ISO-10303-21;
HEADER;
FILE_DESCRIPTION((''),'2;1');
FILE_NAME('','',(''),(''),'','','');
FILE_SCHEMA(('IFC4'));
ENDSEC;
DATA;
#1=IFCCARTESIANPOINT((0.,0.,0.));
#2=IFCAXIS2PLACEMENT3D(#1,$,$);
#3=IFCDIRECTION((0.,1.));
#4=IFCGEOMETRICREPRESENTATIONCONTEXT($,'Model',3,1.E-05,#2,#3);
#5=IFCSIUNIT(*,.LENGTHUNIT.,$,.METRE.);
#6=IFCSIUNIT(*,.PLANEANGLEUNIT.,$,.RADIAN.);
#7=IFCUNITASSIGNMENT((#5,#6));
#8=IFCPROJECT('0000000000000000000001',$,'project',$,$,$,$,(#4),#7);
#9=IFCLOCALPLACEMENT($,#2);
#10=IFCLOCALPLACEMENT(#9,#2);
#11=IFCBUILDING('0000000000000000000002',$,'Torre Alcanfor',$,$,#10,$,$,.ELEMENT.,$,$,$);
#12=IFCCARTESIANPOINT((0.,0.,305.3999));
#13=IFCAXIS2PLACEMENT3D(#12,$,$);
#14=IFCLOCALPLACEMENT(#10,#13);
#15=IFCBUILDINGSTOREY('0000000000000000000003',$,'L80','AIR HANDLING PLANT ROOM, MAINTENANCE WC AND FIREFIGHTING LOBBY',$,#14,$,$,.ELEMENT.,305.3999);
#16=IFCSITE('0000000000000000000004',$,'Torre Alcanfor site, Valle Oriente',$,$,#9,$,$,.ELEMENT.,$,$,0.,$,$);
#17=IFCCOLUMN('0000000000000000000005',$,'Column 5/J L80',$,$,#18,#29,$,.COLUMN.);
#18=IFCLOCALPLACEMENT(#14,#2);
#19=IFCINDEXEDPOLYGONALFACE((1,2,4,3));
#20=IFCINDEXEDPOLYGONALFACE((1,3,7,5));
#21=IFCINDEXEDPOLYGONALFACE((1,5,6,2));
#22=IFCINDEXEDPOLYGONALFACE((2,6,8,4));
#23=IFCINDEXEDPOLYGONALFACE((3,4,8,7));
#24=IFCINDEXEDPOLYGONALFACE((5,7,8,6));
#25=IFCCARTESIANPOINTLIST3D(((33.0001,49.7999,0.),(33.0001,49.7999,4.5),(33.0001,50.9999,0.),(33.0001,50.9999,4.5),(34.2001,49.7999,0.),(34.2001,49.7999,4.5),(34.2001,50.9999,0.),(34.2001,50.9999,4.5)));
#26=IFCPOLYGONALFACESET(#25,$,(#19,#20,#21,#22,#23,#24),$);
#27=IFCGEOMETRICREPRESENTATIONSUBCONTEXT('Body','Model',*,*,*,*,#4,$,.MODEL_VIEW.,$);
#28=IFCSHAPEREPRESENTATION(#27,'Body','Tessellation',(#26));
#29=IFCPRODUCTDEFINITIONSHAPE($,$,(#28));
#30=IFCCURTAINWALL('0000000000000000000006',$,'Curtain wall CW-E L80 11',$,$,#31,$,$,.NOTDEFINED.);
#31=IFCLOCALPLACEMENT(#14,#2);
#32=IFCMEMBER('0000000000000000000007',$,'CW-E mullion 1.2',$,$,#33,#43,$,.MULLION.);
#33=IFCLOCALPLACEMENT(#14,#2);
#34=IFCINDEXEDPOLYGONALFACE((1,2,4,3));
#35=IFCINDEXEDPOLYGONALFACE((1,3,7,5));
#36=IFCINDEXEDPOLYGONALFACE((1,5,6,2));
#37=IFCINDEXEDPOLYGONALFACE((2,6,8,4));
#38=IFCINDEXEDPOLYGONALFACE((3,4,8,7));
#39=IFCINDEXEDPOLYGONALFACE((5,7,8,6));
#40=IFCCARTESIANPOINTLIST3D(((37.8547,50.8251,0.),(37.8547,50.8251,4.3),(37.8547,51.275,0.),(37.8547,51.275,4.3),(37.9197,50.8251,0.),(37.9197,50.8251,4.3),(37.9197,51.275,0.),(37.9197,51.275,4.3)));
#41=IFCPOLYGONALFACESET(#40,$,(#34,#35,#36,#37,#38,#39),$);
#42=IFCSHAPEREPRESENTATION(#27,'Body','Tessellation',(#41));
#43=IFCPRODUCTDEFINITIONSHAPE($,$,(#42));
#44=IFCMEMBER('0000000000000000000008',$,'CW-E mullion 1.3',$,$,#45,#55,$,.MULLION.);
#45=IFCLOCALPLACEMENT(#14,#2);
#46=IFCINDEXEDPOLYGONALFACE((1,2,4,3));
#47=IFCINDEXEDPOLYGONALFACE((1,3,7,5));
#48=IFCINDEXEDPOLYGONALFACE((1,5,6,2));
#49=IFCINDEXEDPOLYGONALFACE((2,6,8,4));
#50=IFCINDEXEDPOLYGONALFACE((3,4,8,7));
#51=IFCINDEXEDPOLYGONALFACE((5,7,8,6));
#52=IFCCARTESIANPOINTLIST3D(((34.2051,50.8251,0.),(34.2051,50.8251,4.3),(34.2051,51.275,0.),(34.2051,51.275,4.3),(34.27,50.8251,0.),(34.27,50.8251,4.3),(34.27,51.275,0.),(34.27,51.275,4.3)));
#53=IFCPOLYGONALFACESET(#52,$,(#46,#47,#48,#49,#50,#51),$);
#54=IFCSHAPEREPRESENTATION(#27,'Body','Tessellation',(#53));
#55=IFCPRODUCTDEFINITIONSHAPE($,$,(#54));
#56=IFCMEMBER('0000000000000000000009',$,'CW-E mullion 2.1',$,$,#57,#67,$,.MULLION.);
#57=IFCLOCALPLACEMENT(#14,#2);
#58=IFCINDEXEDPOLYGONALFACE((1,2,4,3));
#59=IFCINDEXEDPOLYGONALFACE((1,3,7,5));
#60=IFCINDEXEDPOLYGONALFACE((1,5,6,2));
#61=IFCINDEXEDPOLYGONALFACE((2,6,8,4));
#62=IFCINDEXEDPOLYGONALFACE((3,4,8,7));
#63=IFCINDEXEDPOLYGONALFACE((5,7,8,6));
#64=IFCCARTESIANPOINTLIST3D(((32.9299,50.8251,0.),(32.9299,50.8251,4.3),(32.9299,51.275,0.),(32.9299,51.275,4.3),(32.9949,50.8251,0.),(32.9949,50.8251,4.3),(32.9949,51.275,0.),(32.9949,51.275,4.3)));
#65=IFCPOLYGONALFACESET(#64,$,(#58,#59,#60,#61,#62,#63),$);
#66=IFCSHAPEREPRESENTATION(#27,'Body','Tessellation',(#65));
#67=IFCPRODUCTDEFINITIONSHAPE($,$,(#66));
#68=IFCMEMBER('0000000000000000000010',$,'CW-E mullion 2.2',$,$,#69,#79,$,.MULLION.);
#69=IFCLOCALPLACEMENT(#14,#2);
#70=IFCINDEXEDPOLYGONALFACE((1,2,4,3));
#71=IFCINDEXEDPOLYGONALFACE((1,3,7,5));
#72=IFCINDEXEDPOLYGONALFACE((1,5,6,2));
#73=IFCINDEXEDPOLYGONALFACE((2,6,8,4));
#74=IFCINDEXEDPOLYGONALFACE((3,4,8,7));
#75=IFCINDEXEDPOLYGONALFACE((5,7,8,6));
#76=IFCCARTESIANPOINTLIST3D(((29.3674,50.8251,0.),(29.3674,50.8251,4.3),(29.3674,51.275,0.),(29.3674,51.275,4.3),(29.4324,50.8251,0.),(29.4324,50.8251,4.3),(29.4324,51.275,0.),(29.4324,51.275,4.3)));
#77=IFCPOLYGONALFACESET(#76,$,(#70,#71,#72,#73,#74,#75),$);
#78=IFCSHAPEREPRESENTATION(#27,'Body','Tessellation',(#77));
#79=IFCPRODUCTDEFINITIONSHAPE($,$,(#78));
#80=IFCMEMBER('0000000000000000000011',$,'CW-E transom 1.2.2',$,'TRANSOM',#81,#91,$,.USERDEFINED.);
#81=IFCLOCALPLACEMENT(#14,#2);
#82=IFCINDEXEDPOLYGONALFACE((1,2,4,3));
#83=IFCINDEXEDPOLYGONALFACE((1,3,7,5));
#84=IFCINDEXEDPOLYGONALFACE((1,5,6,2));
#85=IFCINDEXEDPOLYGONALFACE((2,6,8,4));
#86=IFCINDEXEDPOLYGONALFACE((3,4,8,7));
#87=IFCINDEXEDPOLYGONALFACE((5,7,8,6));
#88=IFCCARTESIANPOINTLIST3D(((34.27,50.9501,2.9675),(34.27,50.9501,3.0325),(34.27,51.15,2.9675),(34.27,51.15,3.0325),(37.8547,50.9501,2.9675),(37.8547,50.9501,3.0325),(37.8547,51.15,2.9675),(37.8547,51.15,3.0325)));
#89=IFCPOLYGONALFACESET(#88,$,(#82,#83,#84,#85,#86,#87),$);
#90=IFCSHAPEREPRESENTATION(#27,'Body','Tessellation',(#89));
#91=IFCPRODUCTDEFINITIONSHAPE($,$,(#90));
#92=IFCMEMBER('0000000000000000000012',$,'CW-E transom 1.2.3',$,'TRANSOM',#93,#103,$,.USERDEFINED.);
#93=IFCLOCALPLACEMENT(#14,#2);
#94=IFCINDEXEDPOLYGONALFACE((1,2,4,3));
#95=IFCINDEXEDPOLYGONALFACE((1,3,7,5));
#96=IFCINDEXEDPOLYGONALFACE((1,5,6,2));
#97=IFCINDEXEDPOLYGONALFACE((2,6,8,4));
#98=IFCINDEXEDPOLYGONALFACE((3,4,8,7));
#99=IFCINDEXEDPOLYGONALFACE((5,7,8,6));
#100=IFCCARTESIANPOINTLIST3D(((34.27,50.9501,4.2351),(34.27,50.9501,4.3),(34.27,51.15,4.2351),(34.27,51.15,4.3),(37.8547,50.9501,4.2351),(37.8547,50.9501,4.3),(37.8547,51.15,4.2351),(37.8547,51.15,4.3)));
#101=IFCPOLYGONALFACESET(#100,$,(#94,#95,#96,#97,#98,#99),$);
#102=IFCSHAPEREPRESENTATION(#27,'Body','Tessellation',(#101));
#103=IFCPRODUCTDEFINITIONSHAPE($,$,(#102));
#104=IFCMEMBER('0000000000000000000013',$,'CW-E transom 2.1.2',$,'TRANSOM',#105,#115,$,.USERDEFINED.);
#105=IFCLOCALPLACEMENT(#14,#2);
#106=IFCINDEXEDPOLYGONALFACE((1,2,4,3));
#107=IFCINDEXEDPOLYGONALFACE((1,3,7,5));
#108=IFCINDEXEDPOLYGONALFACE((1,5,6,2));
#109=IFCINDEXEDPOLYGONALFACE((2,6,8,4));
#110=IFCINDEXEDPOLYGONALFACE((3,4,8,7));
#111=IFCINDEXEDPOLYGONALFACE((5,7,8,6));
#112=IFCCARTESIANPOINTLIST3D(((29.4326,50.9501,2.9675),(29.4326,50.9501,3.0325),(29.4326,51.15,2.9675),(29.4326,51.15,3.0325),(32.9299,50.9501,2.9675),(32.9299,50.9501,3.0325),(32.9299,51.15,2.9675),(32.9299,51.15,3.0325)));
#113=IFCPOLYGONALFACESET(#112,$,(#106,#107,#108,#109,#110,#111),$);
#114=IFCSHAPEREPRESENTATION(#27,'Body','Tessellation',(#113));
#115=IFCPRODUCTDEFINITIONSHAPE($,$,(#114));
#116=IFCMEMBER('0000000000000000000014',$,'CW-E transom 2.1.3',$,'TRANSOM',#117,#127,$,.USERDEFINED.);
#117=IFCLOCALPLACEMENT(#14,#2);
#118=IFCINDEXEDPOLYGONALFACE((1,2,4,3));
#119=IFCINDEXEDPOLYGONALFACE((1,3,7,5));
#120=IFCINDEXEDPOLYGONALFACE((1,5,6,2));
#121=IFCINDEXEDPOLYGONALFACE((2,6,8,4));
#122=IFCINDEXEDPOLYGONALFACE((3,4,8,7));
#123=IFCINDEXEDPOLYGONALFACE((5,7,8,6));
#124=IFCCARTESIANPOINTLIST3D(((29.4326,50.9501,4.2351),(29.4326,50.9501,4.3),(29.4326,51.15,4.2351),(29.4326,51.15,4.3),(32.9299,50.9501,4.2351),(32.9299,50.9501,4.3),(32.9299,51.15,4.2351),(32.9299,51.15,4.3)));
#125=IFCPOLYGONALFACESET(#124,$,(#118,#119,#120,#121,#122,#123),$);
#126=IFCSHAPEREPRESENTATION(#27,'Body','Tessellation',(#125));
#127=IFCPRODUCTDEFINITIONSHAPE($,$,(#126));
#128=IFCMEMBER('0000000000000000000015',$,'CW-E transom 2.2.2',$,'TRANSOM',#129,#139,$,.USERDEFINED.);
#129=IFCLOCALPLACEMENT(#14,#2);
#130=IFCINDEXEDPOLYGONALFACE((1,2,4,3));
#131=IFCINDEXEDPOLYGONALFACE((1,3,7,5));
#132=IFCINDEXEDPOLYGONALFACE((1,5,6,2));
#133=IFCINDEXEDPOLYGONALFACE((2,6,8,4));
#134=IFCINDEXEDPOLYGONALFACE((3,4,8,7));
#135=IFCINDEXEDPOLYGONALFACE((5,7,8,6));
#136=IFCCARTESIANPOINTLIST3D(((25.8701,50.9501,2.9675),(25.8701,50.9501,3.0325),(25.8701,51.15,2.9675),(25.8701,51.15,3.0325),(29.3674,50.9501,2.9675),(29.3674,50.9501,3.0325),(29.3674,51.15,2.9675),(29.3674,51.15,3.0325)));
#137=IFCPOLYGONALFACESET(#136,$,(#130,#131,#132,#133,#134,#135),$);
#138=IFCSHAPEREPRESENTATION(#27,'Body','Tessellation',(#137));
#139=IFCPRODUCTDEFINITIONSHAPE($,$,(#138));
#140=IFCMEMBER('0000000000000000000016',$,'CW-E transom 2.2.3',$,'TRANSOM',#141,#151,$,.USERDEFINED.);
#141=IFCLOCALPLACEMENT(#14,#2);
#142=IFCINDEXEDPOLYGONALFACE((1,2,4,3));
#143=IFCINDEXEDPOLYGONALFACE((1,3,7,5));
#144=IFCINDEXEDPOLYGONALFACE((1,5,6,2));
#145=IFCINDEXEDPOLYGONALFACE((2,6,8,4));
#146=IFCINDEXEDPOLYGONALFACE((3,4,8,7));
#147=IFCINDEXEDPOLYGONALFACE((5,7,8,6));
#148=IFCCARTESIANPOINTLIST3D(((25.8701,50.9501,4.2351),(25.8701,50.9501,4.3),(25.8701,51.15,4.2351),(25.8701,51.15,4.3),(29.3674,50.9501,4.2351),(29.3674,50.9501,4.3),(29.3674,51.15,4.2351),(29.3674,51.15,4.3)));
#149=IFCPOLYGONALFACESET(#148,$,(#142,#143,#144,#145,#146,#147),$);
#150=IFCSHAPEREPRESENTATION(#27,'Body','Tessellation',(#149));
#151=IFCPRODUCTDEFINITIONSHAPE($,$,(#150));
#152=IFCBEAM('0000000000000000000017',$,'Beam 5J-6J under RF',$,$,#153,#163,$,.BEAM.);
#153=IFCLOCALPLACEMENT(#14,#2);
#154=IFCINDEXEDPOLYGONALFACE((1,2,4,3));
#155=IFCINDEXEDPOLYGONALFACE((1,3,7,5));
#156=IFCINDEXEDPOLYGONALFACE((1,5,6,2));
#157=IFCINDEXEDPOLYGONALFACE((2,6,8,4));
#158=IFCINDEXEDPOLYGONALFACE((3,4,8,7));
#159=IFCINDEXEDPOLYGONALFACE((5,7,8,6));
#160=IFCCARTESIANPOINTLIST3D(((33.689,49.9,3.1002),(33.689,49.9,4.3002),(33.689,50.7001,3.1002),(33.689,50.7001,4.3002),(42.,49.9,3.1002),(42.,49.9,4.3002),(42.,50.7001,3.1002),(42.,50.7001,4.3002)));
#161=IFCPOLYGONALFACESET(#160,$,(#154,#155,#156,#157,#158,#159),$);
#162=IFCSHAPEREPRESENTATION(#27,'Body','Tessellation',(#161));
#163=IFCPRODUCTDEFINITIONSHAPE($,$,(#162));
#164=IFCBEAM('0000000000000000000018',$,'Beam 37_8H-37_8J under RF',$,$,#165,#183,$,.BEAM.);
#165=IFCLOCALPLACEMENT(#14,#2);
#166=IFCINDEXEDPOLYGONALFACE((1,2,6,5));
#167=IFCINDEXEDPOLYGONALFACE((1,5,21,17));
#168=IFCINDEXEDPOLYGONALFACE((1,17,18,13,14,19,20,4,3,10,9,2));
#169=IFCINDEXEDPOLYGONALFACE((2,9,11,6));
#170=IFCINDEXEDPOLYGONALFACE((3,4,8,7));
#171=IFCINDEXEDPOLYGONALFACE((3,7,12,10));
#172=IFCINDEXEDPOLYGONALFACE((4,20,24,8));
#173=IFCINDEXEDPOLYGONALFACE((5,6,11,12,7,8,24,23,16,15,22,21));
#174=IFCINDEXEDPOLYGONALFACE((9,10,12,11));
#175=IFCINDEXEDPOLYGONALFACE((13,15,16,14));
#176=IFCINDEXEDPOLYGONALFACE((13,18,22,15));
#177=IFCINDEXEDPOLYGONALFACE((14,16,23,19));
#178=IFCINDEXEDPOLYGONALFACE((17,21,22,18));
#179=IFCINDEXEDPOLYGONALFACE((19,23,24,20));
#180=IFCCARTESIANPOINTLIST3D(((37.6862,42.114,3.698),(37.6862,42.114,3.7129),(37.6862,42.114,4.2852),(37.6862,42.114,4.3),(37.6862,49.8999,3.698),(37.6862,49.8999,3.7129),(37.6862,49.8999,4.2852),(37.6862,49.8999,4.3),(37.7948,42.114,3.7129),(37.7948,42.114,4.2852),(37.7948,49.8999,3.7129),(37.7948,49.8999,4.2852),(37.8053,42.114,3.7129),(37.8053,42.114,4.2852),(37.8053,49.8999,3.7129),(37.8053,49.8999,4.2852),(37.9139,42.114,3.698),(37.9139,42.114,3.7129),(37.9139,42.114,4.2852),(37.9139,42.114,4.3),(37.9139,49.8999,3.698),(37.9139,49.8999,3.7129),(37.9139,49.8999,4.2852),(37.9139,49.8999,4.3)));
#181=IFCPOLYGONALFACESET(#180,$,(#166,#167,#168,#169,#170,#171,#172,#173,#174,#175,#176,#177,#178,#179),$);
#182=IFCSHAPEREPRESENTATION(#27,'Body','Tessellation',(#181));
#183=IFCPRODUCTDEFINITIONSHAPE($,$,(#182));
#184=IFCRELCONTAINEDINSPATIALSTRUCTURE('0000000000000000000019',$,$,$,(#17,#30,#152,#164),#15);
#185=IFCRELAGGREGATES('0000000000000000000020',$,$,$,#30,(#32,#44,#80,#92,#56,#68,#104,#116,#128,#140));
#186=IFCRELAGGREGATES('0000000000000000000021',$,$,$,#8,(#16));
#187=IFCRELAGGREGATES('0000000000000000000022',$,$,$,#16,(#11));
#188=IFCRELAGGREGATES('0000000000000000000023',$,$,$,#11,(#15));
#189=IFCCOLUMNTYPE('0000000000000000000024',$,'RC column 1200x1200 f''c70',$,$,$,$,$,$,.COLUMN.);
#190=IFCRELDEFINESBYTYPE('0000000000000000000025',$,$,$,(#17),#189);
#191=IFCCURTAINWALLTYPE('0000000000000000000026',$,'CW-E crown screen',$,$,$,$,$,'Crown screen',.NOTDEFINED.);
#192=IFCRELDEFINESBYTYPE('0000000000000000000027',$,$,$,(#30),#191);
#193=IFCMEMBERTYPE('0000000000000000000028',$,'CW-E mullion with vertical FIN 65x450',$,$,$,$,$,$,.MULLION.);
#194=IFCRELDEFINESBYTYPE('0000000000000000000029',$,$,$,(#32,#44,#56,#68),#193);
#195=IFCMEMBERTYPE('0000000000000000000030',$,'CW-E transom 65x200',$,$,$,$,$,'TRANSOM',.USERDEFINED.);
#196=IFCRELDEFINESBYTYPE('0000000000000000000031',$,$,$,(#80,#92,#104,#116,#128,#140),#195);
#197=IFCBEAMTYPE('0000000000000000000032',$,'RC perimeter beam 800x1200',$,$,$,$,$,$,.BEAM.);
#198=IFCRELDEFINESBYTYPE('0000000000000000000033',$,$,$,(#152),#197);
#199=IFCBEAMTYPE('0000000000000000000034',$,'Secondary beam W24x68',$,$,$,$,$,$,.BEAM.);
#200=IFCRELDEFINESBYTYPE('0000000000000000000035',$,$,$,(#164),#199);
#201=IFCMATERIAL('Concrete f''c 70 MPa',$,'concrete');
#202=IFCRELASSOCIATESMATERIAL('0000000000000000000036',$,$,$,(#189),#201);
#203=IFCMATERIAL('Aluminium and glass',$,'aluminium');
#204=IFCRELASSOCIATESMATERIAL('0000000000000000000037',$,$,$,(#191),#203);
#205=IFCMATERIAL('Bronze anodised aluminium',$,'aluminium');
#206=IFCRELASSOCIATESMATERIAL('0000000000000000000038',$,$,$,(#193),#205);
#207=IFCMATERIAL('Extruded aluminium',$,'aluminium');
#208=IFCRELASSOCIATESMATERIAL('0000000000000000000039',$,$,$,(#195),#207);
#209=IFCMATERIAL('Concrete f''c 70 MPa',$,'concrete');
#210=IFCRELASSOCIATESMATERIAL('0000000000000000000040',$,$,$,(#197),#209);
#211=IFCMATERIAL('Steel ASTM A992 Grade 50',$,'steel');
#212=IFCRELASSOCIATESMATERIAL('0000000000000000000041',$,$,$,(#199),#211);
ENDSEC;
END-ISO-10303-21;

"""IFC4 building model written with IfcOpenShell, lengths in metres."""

from ifc_helpers import new_model, si_unit, direction, frame, origin, origin_2d, place, context, subcontext, project, spatial, rectangle, i_section, extrude, material, material_profile, profile_set, type_object, element, aggregate, save


model = new_model("IFC4")

# Units and contexts
model_context = context("Model", 3, precision=1e-05, world=origin(), true_north=direction((0.0, 1.0)))
body_context = subcontext(model_context, "Body", "Model", "MODEL_VIEW")
ifc_project = project(units=[si_unit("LENGTHUNIT", "METRE"), si_unit("PLANEANGLEUNIT", "RADIAN")], contexts=[model_context])

# Site, building, storey
site_placement = place(None, origin())
site = spatial("IfcSite", under=ifc_project, at=site_placement, Name="Torre Alcanfor site, Valle Oriente", CompositionType="ELEMENT", RefElevation=0.0)
building_placement = place(site_placement, origin())
building = spatial("IfcBuilding", under=site, at=building_placement, Name="Torre Alcanfor", CompositionType="ELEMENT")
storey_placement = place(building_placement, frame((0.0, 0.0, 305.3999)))
storey = spatial("IfcBuildingStorey", under=building, at=storey_placement, Name="L80", Description="AIR HANDLING PLANT ROOM, MAINTENANCE WC AND FIREFIGHTING LOBBY", CompositionType="ELEMENT", Elevation=305.3999)

# Column
ifc_material_1 = material(Name="Concrete f'c 70 MPa", Category="concrete")
ifc_material_profile_1 = material_profile(ifc_material_1, rectangle(XDim=1.2, YDim=1.2, at=origin_2d()), Name="1200x1200")
ifc_profile_set_1 = profile_set([ifc_material_profile_1], Name="Concrete f'c 70 MPa")
column_type = type_object("IfcColumnType", Name="RC column 1200x1200 f'c70", PredefinedType="COLUMN", material=ifc_profile_set_1)
column_placement = place(storey_placement, frame((33.6001, 50.3999, 0.0), z_axis=(0.0, 0.0, 1.0), x_axis=(1.0, 0.0, 0.0)))
element("IfcColumn", 1, at=column_placement, inside=storey, type_object=column_type, Name="Column 5/J L80", PredefinedType="COLUMN", context=body_context, shape_type="SweptSolid", body=[
    extrude(rectangle(XDim=1.2, YDim=1.2, at=origin_2d()), origin(), (0.0, 0.0, 1.0), 4.5),
])

# Curtain wall, members
ifc_material_2 = material(Name="Aluminium and glass", Category="aluminium")
curtain_wall_type = type_object("IfcCurtainWallType", Name="CW-E crown screen", ElementType="Crown screen", PredefinedType="NOTDEFINED", material=ifc_material_2)
curtain_wall_placement = place(storey_placement, origin())
curtain_wall = element("IfcCurtainWall", 2, at=curtain_wall_placement, inside=storey, type_object=curtain_wall_type, Name="Curtain wall CW-E L80 11", PredefinedType="NOTDEFINED")
ifc_material_3 = material(Name="Bronze anodised aluminium", Category="aluminium")
ifc_material_profile_2 = material_profile(ifc_material_3, rectangle(XDim=0.45, YDim=0.0649, at=origin_2d()), Name="CW-E mullion 65x450")
ifc_profile_set_2 = profile_set([ifc_material_profile_2], Name="Bronze anodised aluminium")
member_type_1 = type_object("IfcMemberType", Name="CW-E mullion with vertical FIN 65x450", PredefinedType="MULLION", material=ifc_profile_set_2)
member_1_placement = place(storey_placement, frame((37.8872, 51.05, 0.0), z_axis=(0.0, 0.0, 1.0), x_axis=(0.0, -1.0, 0.0)))
member_1 = element("IfcMember", 3, at=member_1_placement, type_object=member_type_1, Name="CW-E mullion 1.2", PredefinedType="MULLION", context=body_context, shape_type="SweptSolid", body=[
    extrude(rectangle(XDim=0.45, YDim=0.0649, at=origin_2d()), origin(), (0.0, 0.0, 1.0), 4.3),
])
member_2_placement = place(storey_placement, frame((34.2375, 51.05, 0.0), z_axis=(0.0, 0.0, 1.0), x_axis=(0.0, -1.0, 0.0)))
member_2 = element("IfcMember", 4, at=member_2_placement, type_object=member_type_1, Name="CW-E mullion 1.3", PredefinedType="MULLION", context=body_context, shape_type="SweptSolid", body=[
    extrude(rectangle(XDim=0.45, YDim=0.0649, at=origin_2d()), origin(), (0.0, 0.0, 1.0), 4.3),
])
member_3_placement = place(storey_placement, frame((32.9624, 51.05, 0.0), z_axis=(0.0, 0.0, 1.0), x_axis=(0.0, -1.0, 0.0)))
member_3 = element("IfcMember", 5, at=member_3_placement, type_object=member_type_1, Name="CW-E mullion 2.1", PredefinedType="MULLION", context=body_context, shape_type="SweptSolid", body=[
    extrude(rectangle(XDim=0.45, YDim=0.0649, at=origin_2d()), origin(), (0.0, 0.0, 1.0), 4.3),
])
member_4_placement = place(storey_placement, frame((29.3999, 51.05, 0.0), z_axis=(0.0, 0.0, 1.0), x_axis=(0.0, -1.0, 0.0)))
member_4 = element("IfcMember", 6, at=member_4_placement, type_object=member_type_1, Name="CW-E mullion 2.2", PredefinedType="MULLION", context=body_context, shape_type="SweptSolid", body=[
    extrude(rectangle(XDim=0.45, YDim=0.0649, at=origin_2d()), origin(), (0.0, 0.0, 1.0), 4.3),
])
ifc_material_4 = material(Name="Extruded aluminium", Category="aluminium")
ifc_material_profile_3 = material_profile(ifc_material_4, rectangle(XDim=0.2, YDim=0.0649, at=origin_2d()), Name="CW-E transom 200x65")
ifc_profile_set_3 = profile_set([ifc_material_profile_3], Name="Extruded aluminium")
member_type_2 = type_object("IfcMemberType", Name="CW-E transom 65x200", ElementType="TRANSOM", PredefinedType="USERDEFINED", material=ifc_profile_set_3)
member_5_placement = place(storey_placement, frame((37.8547, 51.05, 3.0), z_axis=(-1.0, 0.0, 0.0), x_axis=(0.0, -1.0, 0.0)))
member_5 = element("IfcMember", 7, at=member_5_placement, type_object=member_type_2, Name="CW-E transom 1.2.2", ObjectType="TRANSOM", PredefinedType="USERDEFINED", context=body_context, shape_type="SweptSolid", body=[
    extrude(rectangle(XDim=0.2, YDim=0.0649, at=origin_2d()), origin(), (0.0, 0.0, 1.0), 3.5847),
])
member_6_placement = place(storey_placement, frame((37.8547, 51.05, 4.2676), z_axis=(-1.0, 0.0, 0.0), x_axis=(0.0, -1.0, 0.0)))
member_6 = element("IfcMember", 8, at=member_6_placement, type_object=member_type_2, Name="CW-E transom 1.2.3", ObjectType="TRANSOM", PredefinedType="USERDEFINED", context=body_context, shape_type="SweptSolid", body=[
    extrude(rectangle(XDim=0.2, YDim=0.0649, at=origin_2d()), origin(), (0.0, 0.0, 1.0), 3.5847),
])
member_7_placement = place(storey_placement, frame((32.9299, 51.05, 3.0), z_axis=(-1.0, 0.0, 0.0), x_axis=(0.0, -1.0, 0.0)))
member_7 = element("IfcMember", 9, at=member_7_placement, type_object=member_type_2, Name="CW-E transom 2.1.2", ObjectType="TRANSOM", PredefinedType="USERDEFINED", context=body_context, shape_type="SweptSolid", body=[
    extrude(rectangle(XDim=0.2, YDim=0.0649, at=origin_2d()), origin(), (0.0, 0.0, 1.0), 3.4973),
])
member_8_placement = place(storey_placement, frame((32.9299, 51.05, 4.2676), z_axis=(-1.0, 0.0, 0.0), x_axis=(0.0, -1.0, 0.0)))
member_8 = element("IfcMember", 10, at=member_8_placement, type_object=member_type_2, Name="CW-E transom 2.1.3", ObjectType="TRANSOM", PredefinedType="USERDEFINED", context=body_context, shape_type="SweptSolid", body=[
    extrude(rectangle(XDim=0.2, YDim=0.0649, at=origin_2d()), origin(), (0.0, 0.0, 1.0), 3.4973),
])
member_9_placement = place(storey_placement, frame((29.3674, 51.05, 3.0), z_axis=(-1.0, 0.0, 0.0), x_axis=(0.0, -1.0, 0.0)))
member_9 = element("IfcMember", 11, at=member_9_placement, type_object=member_type_2, Name="CW-E transom 2.2.2", ObjectType="TRANSOM", PredefinedType="USERDEFINED", context=body_context, shape_type="SweptSolid", body=[
    extrude(rectangle(XDim=0.2, YDim=0.0649, at=origin_2d()), origin(), (0.0, 0.0, 1.0), 3.4973),
])
member_10_placement = place(storey_placement, frame((29.3674, 51.05, 4.2676), z_axis=(-1.0, 0.0, 0.0), x_axis=(0.0, -1.0, 0.0)))
member_10 = element("IfcMember", 12, at=member_10_placement, type_object=member_type_2, Name="CW-E transom 2.2.3", ObjectType="TRANSOM", PredefinedType="USERDEFINED", context=body_context, shape_type="SweptSolid", body=[
    extrude(rectangle(XDim=0.2, YDim=0.0649, at=origin_2d()), origin(), (0.0, 0.0, 1.0), 3.4973),
])

# Beams
ifc_material_5 = material(Name="Concrete f'c 70 MPa", Category="concrete")
ifc_material_profile_4 = material_profile(ifc_material_5, rectangle(XDim=0.8, YDim=1.2, at=origin_2d()), Name="800x1200")
ifc_profile_set_4 = profile_set([ifc_material_profile_4], Name="Concrete f'c 70 MPa")
beam_type_1 = type_object("IfcBeamType", Name="RC perimeter beam 800x1200", PredefinedType="BEAM", material=ifc_profile_set_4)
beam_1_placement = place(storey_placement, frame((33.689, 50.3, 3.7002), z_axis=(1.0, 0.0, 0.0), x_axis=(0.0, 1.0, 0.0)))
element("IfcBeam", 13, at=beam_1_placement, inside=storey, type_object=beam_type_1, Name="Beam 5J-6J under RF", PredefinedType="BEAM", context=body_context, shape_type="SweptSolid", body=[
    extrude(rectangle(XDim=0.8, YDim=1.2, at=origin_2d()), origin(), (0.0, 0.0, 1.0), 8.311),
])
ifc_material_6 = material(Name="Steel ASTM A992 Grade 50", Category="steel")
ifc_material_profile_5 = material_profile(ifc_material_6, i_section(OverallWidth=0.2278, OverallDepth=0.6021, WebThickness=0.0105, FlangeThickness=0.0149, at=origin_2d()), Name="W24x68")
ifc_profile_set_5 = profile_set([ifc_material_profile_5], Name="Steel ASTM A992 Grade 50")
beam_type_2 = type_object("IfcBeamType", Name="Secondary beam W24x68", PredefinedType="BEAM", material=ifc_profile_set_5)
beam_2_placement = place(storey_placement, frame((37.8, 42.114, 3.999), z_axis=(0.0, 1.0, 0.0), x_axis=(-1.0, 0.0, 0.0)))
element("IfcBeam", 14, at=beam_2_placement, inside=storey, type_object=beam_type_2, Name="Beam 37_8H-37_8J under RF", PredefinedType="BEAM", context=body_context, shape_type="SweptSolid", body=[
    extrude(i_section(OverallWidth=0.2278, OverallDepth=0.6021, WebThickness=0.0105, FlangeThickness=0.0149, at=origin_2d()), origin(), (0.0, 0.0, 1.0), 7.7859),
])

aggregate(curtain_wall, [member_1, member_2, member_5, member_6, member_3, member_4, member_7, member_8, member_9, member_10])

save(model, "model.ifc")
